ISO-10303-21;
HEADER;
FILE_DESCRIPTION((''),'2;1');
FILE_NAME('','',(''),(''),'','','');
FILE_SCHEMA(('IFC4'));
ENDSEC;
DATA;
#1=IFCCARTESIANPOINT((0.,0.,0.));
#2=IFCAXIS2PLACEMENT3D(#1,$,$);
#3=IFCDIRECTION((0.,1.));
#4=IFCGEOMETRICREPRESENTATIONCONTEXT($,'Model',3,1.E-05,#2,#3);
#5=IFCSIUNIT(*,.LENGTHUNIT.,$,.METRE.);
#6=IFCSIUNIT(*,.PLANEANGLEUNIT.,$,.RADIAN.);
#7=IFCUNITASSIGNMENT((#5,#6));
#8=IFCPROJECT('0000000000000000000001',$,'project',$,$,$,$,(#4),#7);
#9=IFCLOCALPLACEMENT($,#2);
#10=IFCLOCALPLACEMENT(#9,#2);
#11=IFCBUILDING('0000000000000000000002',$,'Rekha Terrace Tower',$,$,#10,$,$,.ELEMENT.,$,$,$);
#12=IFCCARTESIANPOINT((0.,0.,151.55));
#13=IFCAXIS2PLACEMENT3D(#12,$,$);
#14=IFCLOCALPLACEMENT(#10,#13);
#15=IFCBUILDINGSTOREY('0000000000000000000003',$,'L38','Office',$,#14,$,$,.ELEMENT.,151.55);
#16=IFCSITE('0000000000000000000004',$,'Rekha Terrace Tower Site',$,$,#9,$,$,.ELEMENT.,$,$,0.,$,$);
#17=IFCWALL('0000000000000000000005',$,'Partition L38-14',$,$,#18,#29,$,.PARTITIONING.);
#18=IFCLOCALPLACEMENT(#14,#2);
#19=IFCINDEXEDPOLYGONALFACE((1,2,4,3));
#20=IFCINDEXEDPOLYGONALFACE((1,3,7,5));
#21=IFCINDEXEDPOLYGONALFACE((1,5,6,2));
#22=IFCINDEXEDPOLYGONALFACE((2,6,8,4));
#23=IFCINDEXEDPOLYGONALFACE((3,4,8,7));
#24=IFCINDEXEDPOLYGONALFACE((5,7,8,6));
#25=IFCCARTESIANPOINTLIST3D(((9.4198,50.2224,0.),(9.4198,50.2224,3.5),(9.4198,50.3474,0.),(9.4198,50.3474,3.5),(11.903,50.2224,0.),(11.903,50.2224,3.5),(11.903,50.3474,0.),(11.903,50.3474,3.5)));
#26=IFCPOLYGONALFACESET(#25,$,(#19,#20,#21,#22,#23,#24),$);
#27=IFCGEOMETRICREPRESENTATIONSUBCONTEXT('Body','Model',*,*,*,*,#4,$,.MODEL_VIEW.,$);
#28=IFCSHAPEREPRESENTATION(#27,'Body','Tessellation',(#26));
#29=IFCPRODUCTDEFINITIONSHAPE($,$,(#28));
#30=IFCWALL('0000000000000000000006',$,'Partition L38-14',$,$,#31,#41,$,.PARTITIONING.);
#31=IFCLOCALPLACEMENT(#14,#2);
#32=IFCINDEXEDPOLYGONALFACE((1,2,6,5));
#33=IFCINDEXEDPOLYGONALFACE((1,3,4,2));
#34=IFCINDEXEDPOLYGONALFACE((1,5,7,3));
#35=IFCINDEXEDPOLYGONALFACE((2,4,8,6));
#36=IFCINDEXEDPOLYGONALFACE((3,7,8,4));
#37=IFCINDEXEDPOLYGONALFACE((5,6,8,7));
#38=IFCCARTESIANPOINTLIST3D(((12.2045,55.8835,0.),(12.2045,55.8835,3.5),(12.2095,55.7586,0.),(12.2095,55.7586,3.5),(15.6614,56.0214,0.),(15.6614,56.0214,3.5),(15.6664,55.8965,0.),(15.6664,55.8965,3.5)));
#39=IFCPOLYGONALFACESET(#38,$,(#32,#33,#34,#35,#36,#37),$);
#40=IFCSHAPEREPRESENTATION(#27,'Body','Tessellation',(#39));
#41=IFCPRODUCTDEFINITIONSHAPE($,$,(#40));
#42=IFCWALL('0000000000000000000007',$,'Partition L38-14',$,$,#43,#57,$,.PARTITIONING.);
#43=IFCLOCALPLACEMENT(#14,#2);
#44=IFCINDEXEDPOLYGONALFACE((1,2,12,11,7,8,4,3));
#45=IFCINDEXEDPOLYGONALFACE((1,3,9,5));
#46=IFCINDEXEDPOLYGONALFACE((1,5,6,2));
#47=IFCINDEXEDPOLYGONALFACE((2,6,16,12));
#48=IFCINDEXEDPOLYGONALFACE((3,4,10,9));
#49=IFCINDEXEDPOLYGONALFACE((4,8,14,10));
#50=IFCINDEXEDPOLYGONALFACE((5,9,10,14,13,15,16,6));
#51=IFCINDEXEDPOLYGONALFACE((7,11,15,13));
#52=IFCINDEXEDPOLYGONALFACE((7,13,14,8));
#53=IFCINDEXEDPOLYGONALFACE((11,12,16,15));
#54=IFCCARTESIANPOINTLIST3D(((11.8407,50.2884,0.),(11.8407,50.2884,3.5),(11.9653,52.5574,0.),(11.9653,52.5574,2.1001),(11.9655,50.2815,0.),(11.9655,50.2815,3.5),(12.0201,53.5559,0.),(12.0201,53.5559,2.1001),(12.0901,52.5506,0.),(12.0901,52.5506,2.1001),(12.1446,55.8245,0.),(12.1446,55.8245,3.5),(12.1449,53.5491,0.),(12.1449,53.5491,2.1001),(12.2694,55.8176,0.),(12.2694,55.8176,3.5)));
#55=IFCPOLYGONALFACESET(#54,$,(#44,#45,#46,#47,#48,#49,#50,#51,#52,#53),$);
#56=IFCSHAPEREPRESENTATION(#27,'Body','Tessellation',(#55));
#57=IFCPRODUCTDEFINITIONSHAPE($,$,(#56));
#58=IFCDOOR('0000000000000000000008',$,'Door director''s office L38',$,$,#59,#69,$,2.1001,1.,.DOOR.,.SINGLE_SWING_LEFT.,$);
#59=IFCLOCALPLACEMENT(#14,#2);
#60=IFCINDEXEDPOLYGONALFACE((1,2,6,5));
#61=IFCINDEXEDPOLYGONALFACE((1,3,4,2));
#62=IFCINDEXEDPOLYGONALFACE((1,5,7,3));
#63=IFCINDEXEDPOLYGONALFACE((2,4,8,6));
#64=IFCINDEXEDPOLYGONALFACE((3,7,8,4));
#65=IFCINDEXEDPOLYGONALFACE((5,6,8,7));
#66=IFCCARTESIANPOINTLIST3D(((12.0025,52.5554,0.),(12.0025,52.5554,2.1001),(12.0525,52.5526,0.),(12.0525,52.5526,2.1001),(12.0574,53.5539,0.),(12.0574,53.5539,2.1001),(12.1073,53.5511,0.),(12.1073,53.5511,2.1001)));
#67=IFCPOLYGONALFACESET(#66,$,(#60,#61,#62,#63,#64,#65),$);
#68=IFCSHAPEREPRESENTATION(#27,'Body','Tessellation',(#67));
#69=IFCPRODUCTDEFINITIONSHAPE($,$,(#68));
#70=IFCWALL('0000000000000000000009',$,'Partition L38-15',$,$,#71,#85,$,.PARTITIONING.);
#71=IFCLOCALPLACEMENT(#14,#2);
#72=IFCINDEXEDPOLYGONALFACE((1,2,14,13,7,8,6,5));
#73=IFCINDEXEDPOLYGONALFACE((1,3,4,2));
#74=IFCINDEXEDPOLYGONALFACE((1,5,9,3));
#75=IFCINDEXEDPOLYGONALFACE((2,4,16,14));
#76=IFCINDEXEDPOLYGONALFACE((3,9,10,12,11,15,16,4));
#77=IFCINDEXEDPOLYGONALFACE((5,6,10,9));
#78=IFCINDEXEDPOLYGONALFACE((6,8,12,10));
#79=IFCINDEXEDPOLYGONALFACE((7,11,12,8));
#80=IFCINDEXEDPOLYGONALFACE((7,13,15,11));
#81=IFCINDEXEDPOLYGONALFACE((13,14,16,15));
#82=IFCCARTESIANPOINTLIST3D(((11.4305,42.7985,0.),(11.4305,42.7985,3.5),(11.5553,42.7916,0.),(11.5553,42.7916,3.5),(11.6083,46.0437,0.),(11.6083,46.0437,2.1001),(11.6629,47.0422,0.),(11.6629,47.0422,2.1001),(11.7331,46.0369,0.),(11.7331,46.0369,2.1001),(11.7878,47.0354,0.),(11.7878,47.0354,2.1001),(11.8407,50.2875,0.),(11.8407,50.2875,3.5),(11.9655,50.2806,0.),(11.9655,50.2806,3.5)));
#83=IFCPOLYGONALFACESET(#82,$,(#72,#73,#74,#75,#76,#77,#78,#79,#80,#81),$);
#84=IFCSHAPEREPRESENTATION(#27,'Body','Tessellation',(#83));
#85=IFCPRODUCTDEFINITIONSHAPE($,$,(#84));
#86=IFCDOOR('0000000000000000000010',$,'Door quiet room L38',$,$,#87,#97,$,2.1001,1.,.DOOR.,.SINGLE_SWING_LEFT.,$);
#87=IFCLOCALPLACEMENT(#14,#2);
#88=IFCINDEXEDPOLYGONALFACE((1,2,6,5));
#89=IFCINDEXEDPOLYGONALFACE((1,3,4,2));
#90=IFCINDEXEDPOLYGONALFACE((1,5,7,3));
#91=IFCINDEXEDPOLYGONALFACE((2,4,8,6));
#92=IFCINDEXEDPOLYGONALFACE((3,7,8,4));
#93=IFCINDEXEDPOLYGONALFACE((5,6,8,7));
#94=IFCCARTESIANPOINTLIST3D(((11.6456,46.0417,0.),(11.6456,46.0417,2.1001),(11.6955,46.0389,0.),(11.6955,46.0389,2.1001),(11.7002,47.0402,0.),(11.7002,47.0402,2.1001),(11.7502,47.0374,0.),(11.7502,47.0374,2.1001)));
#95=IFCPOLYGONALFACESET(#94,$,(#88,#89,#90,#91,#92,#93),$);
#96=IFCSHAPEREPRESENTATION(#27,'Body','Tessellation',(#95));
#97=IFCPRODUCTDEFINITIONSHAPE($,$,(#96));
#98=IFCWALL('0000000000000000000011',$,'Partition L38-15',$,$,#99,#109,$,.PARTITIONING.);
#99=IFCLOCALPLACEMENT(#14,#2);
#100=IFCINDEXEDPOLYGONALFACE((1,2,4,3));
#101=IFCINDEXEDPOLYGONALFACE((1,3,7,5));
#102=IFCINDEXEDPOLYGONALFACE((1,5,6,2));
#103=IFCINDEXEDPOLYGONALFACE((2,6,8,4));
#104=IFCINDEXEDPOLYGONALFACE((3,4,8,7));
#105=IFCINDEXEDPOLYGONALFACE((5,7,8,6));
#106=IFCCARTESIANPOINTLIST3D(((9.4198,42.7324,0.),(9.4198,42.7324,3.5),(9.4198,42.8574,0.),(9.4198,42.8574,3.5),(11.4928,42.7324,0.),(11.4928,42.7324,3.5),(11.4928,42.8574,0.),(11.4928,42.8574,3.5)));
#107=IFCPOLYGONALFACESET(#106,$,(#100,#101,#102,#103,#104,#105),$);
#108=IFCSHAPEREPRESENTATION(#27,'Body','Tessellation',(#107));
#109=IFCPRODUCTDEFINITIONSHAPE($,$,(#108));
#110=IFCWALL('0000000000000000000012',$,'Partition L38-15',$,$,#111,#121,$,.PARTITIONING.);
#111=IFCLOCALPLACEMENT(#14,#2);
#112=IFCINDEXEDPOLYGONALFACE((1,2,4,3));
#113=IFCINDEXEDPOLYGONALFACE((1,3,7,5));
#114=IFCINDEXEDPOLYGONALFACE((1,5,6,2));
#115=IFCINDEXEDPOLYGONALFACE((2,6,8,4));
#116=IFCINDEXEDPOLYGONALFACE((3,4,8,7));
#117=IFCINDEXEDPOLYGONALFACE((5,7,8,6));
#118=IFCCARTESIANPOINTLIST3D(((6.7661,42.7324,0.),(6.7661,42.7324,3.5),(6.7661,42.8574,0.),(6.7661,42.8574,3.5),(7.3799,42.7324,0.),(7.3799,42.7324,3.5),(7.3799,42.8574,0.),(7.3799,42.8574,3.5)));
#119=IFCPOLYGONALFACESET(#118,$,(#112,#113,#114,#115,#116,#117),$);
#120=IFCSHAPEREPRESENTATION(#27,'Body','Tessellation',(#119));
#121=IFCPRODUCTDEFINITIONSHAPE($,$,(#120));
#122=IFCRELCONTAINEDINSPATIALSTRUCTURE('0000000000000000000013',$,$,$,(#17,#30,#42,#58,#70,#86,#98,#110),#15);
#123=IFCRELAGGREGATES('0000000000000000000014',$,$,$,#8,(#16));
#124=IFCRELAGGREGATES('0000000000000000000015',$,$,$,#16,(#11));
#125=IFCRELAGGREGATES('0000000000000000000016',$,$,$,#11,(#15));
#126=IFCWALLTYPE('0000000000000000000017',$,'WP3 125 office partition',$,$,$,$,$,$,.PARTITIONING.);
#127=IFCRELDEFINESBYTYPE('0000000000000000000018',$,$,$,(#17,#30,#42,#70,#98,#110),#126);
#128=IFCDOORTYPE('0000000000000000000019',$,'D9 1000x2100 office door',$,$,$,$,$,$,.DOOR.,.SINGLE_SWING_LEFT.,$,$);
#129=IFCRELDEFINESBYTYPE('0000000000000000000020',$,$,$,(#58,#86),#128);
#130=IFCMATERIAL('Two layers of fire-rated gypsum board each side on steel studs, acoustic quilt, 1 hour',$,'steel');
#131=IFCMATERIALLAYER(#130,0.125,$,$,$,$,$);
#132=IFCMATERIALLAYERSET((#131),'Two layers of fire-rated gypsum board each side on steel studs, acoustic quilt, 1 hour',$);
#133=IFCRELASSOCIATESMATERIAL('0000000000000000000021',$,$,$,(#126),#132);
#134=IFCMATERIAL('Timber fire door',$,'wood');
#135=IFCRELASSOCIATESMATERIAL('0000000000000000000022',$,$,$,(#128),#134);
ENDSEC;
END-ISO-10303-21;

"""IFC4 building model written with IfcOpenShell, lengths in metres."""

from ifc_helpers import new_model, si_unit, direction, frame, frame_2d, origin, place, context, subcontext, project, spatial, rectangle, extrude, material, layer, layer_set, type_object, element, fill, save


model = new_model("IFC4")

# Units and contexts
model_context = context("Model", 3, precision=1e-05, world=origin(), true_north=direction((0.0, 1.0)))
body_context = subcontext(model_context, "Body", "Model", "MODEL_VIEW")
ifc_project = project(units=[si_unit("LENGTHUNIT", "METRE"), si_unit("PLANEANGLEUNIT", "RADIAN")], contexts=[model_context])

# Site, building, storey
site_placement = place(None, origin())
site = spatial("IfcSite", under=ifc_project, at=site_placement, Name="Rekha Terrace Tower Site", CompositionType="ELEMENT", RefElevation=0.0)
building_placement = place(site_placement, origin())
building = spatial("IfcBuilding", under=site, at=building_placement, Name="Rekha Terrace Tower", CompositionType="ELEMENT")
storey_placement = place(building_placement, frame((0.0, 0.0, 151.55)))
storey = spatial("IfcBuildingStorey", under=building, at=storey_placement, Name="L38", Description="Office", CompositionType="ELEMENT", Elevation=151.55)

# Walls
ifc_material_1 = material(Name="Two layers of fire-rated gypsum board each side on steel studs, acoustic quilt, 1 hour", Category="steel")
ifc_layer_1 = layer(ifc_material_1, 0.125)
ifc_layer_set_1 = layer_set([ifc_layer_1], Name="Two layers of fire-rated gypsum board each side on steel studs, acoustic quilt, 1 hour")
wall_type = type_object("IfcWallType", Name="WP3 125 office partition", PredefinedType="PARTITIONING", material=ifc_layer_set_1)
wall_1_placement = place(storey_placement, frame((11.9031, 50.2849, 0.0), z_axis=(0.0, 0.0, 1.0), x_axis=(-1.0, 0.0, 0.0)))
element("IfcWall", 1, at=wall_1_placement, inside=storey, type_object=wall_type, Name="Partition L38-14", PredefinedType="PARTITIONING", context=body_context, shape_type="SweptSolid", body=[
    extrude(rectangle(XDim=2.4832, YDim=0.125, at=frame_2d((1.2417, 0.0))), origin(), (0.0, 0.0, 1.0), 3.5),
])
wall_2_placement = place(storey_placement, frame((15.6641, 55.959, 0.0), z_axis=(0.0, 0.0, 1.0), x_axis=(-0.999205, -0.039869, 0.0)))
element("IfcWall", 2, at=wall_2_placement, inside=storey, type_object=wall_type, Name="Partition L38-14", PredefinedType="PARTITIONING", context=body_context, shape_type="SweptSolid", body=[
    extrude(rectangle(XDim=3.4597, YDim=0.125, at=frame_2d((1.73, 0.0))), origin(), (0.0, 0.0, 1.0), 3.5),
])

# Walls, openings, doors
wall_3_placement = place(storey_placement, frame((12.207, 55.821, 0.0), z_axis=(0.0, 0.0, 1.0), x_axis=(-0.054821, -0.998496, 0.0)))
wall_3 = element("IfcWall", 3, at=wall_3_placement, inside=storey, type_object=wall_type, Name="Partition L38-14", PredefinedType="PARTITIONING", context=body_context, shape_type="SweptSolid", body=[
    extrude(rectangle(XDim=5.5444, YDim=0.125, at=frame_2d((2.7722, 0.0))), origin(), (0.0, 0.0, 1.0), 3.5),
])
opening_1_placement = place(wall_3_placement, frame((2.272, 0.0, 0.0)))
opening_1 = element("IfcOpeningElement", 4, at=opening_1_placement, cuts=wall_3, PredefinedType="OPENING", context=body_context, shape_type="SweptSolid", body=[
    extrude(rectangle(XDim=1.0, YDim=2.1001, at=frame_2d((0.5, 1.05))), frame((0.0, 0.0725, 0.0), z_axis=(0.0, -1.0, 0.0), x_axis=(1.0, 0.0, 0.0)), (0.0, 0.0, 1.0), 0.145),
])
ifc_material_2 = material(Name="Timber fire door", Category="wood")
door_type = type_object("IfcDoorType", Name="D9 1000x2100 office door", OperationType="SINGLE_SWING_LEFT", PredefinedType="DOOR", material=ifc_material_2)
door_1_placement = place(opening_1_placement, origin())
door_1 = element("IfcDoor", 5, at=door_1_placement, inside=storey, type_object=door_type, Name="Door director's office L38", OperationType="SINGLE_SWING_LEFT", OverallHeight=2.1001, OverallWidth=1.0, PredefinedType="DOOR", context=body_context, shape_type="SweptSolid", body=[
    extrude(rectangle(XDim=1.0, YDim=2.1001, at=frame_2d((0.5, 1.05))), frame((0.0, 0.0249, 0.0), z_axis=(0.0, -1.0, 0.0), x_axis=(1.0, 0.0, 0.0)), (0.0, 0.0, 1.0), 0.05),
])
fill(opening_1, door_1)
wall_4_placement = place(storey_placement, frame((11.9031, 50.2839, 0.0), z_axis=(0.0, 0.0, 1.0), x_axis=(-0.054686, -0.998504, 0.0)))
wall_4 = element("IfcWall", 6, at=wall_4_placement, inside=storey, type_object=wall_type, Name="Partition L38-15", PredefinedType="PARTITIONING", context=body_context, shape_type="SweptSolid", body=[
    extrude(rectangle(XDim=7.5002, YDim=0.125, at=frame_2d((3.75, 0.0))), origin(), (0.0, 0.0, 1.0), 3.5),
])
opening_2_placement = place(wall_4_placement, frame((3.25, 0.0, 0.0)))
opening_2 = element("IfcOpeningElement", 7, at=opening_2_placement, cuts=wall_4, PredefinedType="OPENING", context=body_context, shape_type="SweptSolid", body=[
    extrude(rectangle(XDim=1.0, YDim=2.1001, at=frame_2d((0.5, 1.05))), frame((0.0, 0.0725, 0.0), z_axis=(0.0, -1.0, 0.0), x_axis=(1.0, 0.0, 0.0)), (0.0, 0.0, 1.0), 0.145),
])
door_2_placement = place(opening_2_placement, origin())
door_2 = element("IfcDoor", 8, at=door_2_placement, inside=storey, type_object=door_type, Name="Door quiet room L38", OperationType="SINGLE_SWING_LEFT", OverallHeight=2.1001, OverallWidth=1.0, PredefinedType="DOOR", context=body_context, shape_type="SweptSolid", body=[
    extrude(rectangle(XDim=1.0, YDim=2.1001, at=frame_2d((0.5, 1.05))), frame((0.0, 0.0249, 0.0), z_axis=(0.0, -1.0, 0.0), x_axis=(1.0, 0.0, 0.0)), (0.0, 0.0, 1.0), 0.05),
])
fill(opening_2, door_2)

# Walls
wall_5_placement = place(storey_placement, frame((11.4929, 42.7949, 0.0), z_axis=(0.0, 0.0, 1.0), x_axis=(-1.0, 0.0, 0.0)))
element("IfcWall", 9, at=wall_5_placement, inside=storey, type_object=wall_type, Name="Partition L38-15", PredefinedType="PARTITIONING", context=body_context, shape_type="SweptSolid", body=[
    extrude(rectangle(XDim=2.073, YDim=0.125, at=frame_2d((1.0366, 0.0))), origin(), (0.0, 0.0, 1.0), 3.5),
])
wall_6_placement = place(storey_placement, frame((7.3799, 42.7949, 0.0), z_axis=(0.0, 0.0, 1.0), x_axis=(-1.0, 0.0, 0.0)))
element("IfcWall", 10, at=wall_6_placement, inside=storey, type_object=wall_type, Name="Partition L38-15", PredefinedType="PARTITIONING", context=body_context, shape_type="SweptSolid", body=[
    extrude(rectangle(XDim=0.6138, YDim=0.125, at=frame_2d((0.3069, 0.0))), origin(), (0.0, 0.0, 1.0), 3.5),
])

save(model, "model.ifc")
